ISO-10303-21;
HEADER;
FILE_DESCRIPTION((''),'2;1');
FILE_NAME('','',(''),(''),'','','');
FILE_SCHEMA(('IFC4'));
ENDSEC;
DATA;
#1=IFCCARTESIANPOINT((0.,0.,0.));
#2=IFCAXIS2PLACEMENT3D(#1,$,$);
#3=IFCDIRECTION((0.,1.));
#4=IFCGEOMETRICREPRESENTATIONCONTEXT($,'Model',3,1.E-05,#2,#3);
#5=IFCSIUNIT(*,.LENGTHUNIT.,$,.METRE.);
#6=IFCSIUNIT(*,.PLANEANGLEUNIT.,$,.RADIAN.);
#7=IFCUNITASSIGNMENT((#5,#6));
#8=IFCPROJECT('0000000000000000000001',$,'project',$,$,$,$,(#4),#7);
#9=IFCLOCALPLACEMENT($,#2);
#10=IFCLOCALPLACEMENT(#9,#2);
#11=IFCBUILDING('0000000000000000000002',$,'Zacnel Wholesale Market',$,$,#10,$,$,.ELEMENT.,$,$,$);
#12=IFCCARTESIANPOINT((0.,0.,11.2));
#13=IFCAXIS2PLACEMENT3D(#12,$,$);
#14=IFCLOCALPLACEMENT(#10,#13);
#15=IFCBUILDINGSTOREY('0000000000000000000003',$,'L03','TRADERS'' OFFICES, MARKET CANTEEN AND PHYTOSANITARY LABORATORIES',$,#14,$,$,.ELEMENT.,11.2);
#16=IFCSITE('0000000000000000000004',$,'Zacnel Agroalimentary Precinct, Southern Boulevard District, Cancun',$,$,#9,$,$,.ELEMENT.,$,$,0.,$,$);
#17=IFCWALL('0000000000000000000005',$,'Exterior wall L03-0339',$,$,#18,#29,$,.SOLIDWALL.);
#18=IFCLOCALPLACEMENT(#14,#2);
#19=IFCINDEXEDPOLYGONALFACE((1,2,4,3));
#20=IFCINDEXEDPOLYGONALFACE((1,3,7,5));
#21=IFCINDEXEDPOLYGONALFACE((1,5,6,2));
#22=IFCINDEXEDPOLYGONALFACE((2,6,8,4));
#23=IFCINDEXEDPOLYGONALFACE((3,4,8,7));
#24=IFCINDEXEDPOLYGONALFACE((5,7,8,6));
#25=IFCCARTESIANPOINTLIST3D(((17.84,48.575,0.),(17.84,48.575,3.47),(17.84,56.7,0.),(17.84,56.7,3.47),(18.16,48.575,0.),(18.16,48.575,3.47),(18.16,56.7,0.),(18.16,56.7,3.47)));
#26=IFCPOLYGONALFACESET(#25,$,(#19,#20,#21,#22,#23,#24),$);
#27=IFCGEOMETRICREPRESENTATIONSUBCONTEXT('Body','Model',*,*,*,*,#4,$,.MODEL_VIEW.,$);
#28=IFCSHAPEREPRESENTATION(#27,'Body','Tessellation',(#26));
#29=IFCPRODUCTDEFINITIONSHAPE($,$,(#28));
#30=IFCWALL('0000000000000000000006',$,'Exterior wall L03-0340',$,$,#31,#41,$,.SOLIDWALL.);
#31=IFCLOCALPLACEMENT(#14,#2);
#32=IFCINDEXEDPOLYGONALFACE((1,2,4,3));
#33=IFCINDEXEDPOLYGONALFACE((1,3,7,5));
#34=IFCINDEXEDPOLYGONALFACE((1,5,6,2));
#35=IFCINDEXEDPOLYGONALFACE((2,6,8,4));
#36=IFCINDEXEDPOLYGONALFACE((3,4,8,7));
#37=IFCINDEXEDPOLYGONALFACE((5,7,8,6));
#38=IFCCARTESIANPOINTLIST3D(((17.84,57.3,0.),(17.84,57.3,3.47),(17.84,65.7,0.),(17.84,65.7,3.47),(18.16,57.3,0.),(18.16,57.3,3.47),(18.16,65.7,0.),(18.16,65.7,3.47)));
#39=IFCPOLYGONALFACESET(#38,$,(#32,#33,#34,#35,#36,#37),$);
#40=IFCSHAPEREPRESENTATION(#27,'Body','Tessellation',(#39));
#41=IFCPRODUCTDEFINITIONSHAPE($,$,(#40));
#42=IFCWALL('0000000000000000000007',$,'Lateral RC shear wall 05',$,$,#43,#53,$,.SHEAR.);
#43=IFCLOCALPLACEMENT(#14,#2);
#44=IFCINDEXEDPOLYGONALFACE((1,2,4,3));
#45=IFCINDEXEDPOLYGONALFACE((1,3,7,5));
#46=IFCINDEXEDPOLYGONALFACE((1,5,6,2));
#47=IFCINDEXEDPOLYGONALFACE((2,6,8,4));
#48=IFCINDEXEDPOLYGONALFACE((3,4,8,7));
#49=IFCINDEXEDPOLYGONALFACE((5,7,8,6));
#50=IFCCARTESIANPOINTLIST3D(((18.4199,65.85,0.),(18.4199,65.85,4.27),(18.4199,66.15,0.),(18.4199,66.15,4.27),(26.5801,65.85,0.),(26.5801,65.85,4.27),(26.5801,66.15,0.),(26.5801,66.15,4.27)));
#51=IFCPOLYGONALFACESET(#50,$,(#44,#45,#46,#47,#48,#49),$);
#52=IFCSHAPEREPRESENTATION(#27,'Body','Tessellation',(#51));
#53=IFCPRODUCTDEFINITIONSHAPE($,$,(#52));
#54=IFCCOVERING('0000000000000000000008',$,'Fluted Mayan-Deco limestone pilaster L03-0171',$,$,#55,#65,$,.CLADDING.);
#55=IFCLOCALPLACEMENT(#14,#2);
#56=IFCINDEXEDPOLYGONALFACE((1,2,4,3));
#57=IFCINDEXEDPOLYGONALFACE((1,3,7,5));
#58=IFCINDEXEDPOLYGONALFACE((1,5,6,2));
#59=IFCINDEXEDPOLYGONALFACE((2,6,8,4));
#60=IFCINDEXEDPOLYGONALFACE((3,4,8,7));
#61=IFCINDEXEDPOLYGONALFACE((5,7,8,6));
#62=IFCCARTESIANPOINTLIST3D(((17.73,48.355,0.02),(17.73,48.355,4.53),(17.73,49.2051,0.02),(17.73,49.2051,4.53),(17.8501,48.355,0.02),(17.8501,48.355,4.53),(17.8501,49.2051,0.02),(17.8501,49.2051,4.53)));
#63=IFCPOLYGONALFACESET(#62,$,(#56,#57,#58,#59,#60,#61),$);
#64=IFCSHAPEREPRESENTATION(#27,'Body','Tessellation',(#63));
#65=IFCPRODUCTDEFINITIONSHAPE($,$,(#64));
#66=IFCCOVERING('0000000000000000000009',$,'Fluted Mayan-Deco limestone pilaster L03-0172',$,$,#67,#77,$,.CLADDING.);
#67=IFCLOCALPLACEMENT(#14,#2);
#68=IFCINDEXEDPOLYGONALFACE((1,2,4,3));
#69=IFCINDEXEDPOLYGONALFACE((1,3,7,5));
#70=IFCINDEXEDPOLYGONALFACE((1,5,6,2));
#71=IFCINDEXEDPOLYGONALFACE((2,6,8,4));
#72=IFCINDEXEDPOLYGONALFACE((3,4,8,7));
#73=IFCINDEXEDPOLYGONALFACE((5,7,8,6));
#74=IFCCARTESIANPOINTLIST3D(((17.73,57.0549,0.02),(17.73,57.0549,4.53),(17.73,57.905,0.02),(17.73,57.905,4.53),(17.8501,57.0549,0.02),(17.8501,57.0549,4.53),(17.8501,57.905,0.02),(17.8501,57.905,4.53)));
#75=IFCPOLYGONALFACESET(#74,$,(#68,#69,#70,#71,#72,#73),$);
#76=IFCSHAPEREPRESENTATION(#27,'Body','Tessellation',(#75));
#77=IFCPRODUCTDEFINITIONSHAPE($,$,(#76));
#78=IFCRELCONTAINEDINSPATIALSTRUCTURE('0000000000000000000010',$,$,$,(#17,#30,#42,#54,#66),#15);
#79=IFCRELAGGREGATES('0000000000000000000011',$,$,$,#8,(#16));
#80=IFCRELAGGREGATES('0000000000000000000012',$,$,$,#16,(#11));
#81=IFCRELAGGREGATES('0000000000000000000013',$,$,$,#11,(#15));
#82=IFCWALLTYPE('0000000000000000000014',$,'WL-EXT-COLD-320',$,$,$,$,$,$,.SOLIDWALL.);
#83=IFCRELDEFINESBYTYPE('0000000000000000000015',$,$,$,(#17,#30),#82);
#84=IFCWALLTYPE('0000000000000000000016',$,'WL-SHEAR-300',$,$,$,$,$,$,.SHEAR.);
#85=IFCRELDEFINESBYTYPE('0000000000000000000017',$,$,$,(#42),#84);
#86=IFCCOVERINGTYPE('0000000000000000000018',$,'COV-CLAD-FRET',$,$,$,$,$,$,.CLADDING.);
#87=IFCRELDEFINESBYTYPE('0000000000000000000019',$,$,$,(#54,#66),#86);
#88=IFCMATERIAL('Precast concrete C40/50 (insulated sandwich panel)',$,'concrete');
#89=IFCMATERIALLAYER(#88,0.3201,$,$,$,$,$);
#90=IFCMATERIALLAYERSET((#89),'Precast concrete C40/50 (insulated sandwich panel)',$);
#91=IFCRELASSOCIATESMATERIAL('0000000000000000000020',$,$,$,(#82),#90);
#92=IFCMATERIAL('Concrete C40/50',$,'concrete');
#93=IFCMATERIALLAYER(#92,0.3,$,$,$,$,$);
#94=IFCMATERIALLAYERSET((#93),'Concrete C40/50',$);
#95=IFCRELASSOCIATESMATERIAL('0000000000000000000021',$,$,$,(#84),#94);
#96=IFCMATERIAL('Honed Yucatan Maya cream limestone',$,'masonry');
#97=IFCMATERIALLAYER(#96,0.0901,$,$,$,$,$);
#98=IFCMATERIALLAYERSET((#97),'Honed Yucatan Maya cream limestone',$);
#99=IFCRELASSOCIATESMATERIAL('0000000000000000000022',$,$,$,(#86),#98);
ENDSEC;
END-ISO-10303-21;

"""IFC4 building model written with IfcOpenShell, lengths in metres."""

from ifc_helpers import new_model, si_unit, direction, frame, frame_2d, origin, origin_2d, place, context, subcontext, project, spatial, rectangle, extrude, material, layer, layer_set, type_object, element, save


model = new_model("IFC4")

# Units and contexts
model_context = context("Model", 3, precision=1e-05, world=origin(), true_north=direction((0.0, 1.0)))
body_context = subcontext(model_context, "Body", "Model", "MODEL_VIEW")
ifc_project = project(units=[si_unit("LENGTHUNIT", "METRE"), si_unit("PLANEANGLEUNIT", "RADIAN")], contexts=[model_context])

# Site, building, storey
site_placement = place(None, origin())
site = spatial("IfcSite", under=ifc_project, at=site_placement, Name="Zacnel Agroalimentary Precinct, Southern Boulevard District, Cancun", CompositionType="ELEMENT", RefElevation=0.0)
building_placement = place(site_placement, origin())
building = spatial("IfcBuilding", under=site, at=building_placement, Name="Zacnel Wholesale Market", CompositionType="ELEMENT")
storey_placement = place(building_placement, frame((0.0, 0.0, 11.2)))
storey = spatial("IfcBuildingStorey", under=building, at=storey_placement, Name="L03", Description="TRADERS' OFFICES, MARKET CANTEEN AND PHYTOSANITARY LABORATORIES", CompositionType="ELEMENT", Elevation=11.2)

# Shared definitions
ifc_material_1 = material(Name="Precast concrete C40/50 (insulated sandwich panel)", Category="concrete")
ifc_layer_1 = layer(ifc_material_1, 0.3201)
ifc_layer_set_1 = layer_set([ifc_layer_1], Name="Precast concrete C40/50 (insulated sandwich panel)")
wall_type_1 = type_object("IfcWallType", Name="WL-EXT-COLD-320", PredefinedType="SOLIDWALL", material=ifc_layer_set_1)

# Walls
wall_1_placement = place(storey_placement, frame((18.0, 48.575, 0.0), z_axis=(0.0, 0.0, 1.0), x_axis=(0.0, 1.0, 0.0)))
element("IfcWall", 1, at=wall_1_placement, inside=storey, type_object=wall_type_1, Name="Exterior wall L03-0339", PredefinedType="SOLIDWALL", context=body_context, shape_type="SweptSolid", body=[
    extrude(rectangle(XDim=8.125, YDim=0.3201, at=frame_2d((4.0625, 0.0))), origin(), (0.0, 0.0, 1.0), 3.47),
])
wall_2_placement = place(storey_placement, frame((18.0, 57.3, 0.0), z_axis=(0.0, 0.0, 1.0), x_axis=(0.0, 1.0, 0.0)))
element("IfcWall", 2, at=wall_2_placement, inside=storey, type_object=wall_type_1, Name="Exterior wall L03-0340", PredefinedType="SOLIDWALL", context=body_context, shape_type="SweptSolid", body=[
    extrude(rectangle(XDim=8.3999, YDim=0.3201, at=frame_2d((4.2, 0.0))), origin(), (0.0, 0.0, 1.0), 3.47),
])
ifc_material_2 = material(Name="Concrete C40/50", Category="concrete")
ifc_layer_2 = layer(ifc_material_2, 0.3)
ifc_layer_set_2 = layer_set([ifc_layer_2], Name="Concrete C40/50")
wall_type_2 = type_object("IfcWallType", Name="WL-SHEAR-300", PredefinedType="SHEAR", material=ifc_layer_set_2)
wall_3_placement = place(storey_placement, frame((18.4199, 66.0, 0.0), z_axis=(0.0, 0.0, 1.0), x_axis=(1.0, 0.0, 0.0)))
element("IfcWall", 3, at=wall_3_placement, inside=storey, type_object=wall_type_2, Name="Lateral RC shear wall 05", PredefinedType="SHEAR", context=body_context, shape_type="SweptSolid", body=[
    extrude(rectangle(XDim=8.1602, YDim=0.3, at=frame_2d((4.0801, 0.0))), origin(), (0.0, 0.0, 1.0), 4.27),
])

# Coverings
ifc_material_3 = material(Name="Honed Yucatan Maya cream limestone", Category="masonry")
ifc_layer_3 = layer(ifc_material_3, 0.0901)
ifc_layer_set_3 = layer_set([ifc_layer_3], Name="Honed Yucatan Maya cream limestone")
covering_type = type_object("IfcCoveringType", Name="COV-CLAD-FRET", PredefinedType="CLADDING", material=ifc_layer_set_3)
for number, where, z_axis, x_axis, name in (
    (4, (17.79, 48.78, 0.02), (0.0, 0.0, 1.0), (0.0, 1.0, 0.0), "Fluted Mayan-Deco limestone pilaster L03-0171"),
    (5, (17.79, 57.48, 0.02), (0.0, 0.0, 1.0), (0.0, 1.0, 0.0), "Fluted Mayan-Deco limestone pilaster L03-0172"),
):
    element("IfcCovering", number, at=place(storey_placement, frame(where, z_axis=z_axis, x_axis=x_axis)), inside=storey, type_object=covering_type, Name=name, PredefinedType="CLADDING", context=body_context, shape_type="SweptSolid", body=[
        extrude(rectangle(XDim=0.8501, YDim=0.1201, at=origin_2d()), origin(), (0.0, 0.0, 1.0), 4.51),
    ])

save(model, "model.ifc")
